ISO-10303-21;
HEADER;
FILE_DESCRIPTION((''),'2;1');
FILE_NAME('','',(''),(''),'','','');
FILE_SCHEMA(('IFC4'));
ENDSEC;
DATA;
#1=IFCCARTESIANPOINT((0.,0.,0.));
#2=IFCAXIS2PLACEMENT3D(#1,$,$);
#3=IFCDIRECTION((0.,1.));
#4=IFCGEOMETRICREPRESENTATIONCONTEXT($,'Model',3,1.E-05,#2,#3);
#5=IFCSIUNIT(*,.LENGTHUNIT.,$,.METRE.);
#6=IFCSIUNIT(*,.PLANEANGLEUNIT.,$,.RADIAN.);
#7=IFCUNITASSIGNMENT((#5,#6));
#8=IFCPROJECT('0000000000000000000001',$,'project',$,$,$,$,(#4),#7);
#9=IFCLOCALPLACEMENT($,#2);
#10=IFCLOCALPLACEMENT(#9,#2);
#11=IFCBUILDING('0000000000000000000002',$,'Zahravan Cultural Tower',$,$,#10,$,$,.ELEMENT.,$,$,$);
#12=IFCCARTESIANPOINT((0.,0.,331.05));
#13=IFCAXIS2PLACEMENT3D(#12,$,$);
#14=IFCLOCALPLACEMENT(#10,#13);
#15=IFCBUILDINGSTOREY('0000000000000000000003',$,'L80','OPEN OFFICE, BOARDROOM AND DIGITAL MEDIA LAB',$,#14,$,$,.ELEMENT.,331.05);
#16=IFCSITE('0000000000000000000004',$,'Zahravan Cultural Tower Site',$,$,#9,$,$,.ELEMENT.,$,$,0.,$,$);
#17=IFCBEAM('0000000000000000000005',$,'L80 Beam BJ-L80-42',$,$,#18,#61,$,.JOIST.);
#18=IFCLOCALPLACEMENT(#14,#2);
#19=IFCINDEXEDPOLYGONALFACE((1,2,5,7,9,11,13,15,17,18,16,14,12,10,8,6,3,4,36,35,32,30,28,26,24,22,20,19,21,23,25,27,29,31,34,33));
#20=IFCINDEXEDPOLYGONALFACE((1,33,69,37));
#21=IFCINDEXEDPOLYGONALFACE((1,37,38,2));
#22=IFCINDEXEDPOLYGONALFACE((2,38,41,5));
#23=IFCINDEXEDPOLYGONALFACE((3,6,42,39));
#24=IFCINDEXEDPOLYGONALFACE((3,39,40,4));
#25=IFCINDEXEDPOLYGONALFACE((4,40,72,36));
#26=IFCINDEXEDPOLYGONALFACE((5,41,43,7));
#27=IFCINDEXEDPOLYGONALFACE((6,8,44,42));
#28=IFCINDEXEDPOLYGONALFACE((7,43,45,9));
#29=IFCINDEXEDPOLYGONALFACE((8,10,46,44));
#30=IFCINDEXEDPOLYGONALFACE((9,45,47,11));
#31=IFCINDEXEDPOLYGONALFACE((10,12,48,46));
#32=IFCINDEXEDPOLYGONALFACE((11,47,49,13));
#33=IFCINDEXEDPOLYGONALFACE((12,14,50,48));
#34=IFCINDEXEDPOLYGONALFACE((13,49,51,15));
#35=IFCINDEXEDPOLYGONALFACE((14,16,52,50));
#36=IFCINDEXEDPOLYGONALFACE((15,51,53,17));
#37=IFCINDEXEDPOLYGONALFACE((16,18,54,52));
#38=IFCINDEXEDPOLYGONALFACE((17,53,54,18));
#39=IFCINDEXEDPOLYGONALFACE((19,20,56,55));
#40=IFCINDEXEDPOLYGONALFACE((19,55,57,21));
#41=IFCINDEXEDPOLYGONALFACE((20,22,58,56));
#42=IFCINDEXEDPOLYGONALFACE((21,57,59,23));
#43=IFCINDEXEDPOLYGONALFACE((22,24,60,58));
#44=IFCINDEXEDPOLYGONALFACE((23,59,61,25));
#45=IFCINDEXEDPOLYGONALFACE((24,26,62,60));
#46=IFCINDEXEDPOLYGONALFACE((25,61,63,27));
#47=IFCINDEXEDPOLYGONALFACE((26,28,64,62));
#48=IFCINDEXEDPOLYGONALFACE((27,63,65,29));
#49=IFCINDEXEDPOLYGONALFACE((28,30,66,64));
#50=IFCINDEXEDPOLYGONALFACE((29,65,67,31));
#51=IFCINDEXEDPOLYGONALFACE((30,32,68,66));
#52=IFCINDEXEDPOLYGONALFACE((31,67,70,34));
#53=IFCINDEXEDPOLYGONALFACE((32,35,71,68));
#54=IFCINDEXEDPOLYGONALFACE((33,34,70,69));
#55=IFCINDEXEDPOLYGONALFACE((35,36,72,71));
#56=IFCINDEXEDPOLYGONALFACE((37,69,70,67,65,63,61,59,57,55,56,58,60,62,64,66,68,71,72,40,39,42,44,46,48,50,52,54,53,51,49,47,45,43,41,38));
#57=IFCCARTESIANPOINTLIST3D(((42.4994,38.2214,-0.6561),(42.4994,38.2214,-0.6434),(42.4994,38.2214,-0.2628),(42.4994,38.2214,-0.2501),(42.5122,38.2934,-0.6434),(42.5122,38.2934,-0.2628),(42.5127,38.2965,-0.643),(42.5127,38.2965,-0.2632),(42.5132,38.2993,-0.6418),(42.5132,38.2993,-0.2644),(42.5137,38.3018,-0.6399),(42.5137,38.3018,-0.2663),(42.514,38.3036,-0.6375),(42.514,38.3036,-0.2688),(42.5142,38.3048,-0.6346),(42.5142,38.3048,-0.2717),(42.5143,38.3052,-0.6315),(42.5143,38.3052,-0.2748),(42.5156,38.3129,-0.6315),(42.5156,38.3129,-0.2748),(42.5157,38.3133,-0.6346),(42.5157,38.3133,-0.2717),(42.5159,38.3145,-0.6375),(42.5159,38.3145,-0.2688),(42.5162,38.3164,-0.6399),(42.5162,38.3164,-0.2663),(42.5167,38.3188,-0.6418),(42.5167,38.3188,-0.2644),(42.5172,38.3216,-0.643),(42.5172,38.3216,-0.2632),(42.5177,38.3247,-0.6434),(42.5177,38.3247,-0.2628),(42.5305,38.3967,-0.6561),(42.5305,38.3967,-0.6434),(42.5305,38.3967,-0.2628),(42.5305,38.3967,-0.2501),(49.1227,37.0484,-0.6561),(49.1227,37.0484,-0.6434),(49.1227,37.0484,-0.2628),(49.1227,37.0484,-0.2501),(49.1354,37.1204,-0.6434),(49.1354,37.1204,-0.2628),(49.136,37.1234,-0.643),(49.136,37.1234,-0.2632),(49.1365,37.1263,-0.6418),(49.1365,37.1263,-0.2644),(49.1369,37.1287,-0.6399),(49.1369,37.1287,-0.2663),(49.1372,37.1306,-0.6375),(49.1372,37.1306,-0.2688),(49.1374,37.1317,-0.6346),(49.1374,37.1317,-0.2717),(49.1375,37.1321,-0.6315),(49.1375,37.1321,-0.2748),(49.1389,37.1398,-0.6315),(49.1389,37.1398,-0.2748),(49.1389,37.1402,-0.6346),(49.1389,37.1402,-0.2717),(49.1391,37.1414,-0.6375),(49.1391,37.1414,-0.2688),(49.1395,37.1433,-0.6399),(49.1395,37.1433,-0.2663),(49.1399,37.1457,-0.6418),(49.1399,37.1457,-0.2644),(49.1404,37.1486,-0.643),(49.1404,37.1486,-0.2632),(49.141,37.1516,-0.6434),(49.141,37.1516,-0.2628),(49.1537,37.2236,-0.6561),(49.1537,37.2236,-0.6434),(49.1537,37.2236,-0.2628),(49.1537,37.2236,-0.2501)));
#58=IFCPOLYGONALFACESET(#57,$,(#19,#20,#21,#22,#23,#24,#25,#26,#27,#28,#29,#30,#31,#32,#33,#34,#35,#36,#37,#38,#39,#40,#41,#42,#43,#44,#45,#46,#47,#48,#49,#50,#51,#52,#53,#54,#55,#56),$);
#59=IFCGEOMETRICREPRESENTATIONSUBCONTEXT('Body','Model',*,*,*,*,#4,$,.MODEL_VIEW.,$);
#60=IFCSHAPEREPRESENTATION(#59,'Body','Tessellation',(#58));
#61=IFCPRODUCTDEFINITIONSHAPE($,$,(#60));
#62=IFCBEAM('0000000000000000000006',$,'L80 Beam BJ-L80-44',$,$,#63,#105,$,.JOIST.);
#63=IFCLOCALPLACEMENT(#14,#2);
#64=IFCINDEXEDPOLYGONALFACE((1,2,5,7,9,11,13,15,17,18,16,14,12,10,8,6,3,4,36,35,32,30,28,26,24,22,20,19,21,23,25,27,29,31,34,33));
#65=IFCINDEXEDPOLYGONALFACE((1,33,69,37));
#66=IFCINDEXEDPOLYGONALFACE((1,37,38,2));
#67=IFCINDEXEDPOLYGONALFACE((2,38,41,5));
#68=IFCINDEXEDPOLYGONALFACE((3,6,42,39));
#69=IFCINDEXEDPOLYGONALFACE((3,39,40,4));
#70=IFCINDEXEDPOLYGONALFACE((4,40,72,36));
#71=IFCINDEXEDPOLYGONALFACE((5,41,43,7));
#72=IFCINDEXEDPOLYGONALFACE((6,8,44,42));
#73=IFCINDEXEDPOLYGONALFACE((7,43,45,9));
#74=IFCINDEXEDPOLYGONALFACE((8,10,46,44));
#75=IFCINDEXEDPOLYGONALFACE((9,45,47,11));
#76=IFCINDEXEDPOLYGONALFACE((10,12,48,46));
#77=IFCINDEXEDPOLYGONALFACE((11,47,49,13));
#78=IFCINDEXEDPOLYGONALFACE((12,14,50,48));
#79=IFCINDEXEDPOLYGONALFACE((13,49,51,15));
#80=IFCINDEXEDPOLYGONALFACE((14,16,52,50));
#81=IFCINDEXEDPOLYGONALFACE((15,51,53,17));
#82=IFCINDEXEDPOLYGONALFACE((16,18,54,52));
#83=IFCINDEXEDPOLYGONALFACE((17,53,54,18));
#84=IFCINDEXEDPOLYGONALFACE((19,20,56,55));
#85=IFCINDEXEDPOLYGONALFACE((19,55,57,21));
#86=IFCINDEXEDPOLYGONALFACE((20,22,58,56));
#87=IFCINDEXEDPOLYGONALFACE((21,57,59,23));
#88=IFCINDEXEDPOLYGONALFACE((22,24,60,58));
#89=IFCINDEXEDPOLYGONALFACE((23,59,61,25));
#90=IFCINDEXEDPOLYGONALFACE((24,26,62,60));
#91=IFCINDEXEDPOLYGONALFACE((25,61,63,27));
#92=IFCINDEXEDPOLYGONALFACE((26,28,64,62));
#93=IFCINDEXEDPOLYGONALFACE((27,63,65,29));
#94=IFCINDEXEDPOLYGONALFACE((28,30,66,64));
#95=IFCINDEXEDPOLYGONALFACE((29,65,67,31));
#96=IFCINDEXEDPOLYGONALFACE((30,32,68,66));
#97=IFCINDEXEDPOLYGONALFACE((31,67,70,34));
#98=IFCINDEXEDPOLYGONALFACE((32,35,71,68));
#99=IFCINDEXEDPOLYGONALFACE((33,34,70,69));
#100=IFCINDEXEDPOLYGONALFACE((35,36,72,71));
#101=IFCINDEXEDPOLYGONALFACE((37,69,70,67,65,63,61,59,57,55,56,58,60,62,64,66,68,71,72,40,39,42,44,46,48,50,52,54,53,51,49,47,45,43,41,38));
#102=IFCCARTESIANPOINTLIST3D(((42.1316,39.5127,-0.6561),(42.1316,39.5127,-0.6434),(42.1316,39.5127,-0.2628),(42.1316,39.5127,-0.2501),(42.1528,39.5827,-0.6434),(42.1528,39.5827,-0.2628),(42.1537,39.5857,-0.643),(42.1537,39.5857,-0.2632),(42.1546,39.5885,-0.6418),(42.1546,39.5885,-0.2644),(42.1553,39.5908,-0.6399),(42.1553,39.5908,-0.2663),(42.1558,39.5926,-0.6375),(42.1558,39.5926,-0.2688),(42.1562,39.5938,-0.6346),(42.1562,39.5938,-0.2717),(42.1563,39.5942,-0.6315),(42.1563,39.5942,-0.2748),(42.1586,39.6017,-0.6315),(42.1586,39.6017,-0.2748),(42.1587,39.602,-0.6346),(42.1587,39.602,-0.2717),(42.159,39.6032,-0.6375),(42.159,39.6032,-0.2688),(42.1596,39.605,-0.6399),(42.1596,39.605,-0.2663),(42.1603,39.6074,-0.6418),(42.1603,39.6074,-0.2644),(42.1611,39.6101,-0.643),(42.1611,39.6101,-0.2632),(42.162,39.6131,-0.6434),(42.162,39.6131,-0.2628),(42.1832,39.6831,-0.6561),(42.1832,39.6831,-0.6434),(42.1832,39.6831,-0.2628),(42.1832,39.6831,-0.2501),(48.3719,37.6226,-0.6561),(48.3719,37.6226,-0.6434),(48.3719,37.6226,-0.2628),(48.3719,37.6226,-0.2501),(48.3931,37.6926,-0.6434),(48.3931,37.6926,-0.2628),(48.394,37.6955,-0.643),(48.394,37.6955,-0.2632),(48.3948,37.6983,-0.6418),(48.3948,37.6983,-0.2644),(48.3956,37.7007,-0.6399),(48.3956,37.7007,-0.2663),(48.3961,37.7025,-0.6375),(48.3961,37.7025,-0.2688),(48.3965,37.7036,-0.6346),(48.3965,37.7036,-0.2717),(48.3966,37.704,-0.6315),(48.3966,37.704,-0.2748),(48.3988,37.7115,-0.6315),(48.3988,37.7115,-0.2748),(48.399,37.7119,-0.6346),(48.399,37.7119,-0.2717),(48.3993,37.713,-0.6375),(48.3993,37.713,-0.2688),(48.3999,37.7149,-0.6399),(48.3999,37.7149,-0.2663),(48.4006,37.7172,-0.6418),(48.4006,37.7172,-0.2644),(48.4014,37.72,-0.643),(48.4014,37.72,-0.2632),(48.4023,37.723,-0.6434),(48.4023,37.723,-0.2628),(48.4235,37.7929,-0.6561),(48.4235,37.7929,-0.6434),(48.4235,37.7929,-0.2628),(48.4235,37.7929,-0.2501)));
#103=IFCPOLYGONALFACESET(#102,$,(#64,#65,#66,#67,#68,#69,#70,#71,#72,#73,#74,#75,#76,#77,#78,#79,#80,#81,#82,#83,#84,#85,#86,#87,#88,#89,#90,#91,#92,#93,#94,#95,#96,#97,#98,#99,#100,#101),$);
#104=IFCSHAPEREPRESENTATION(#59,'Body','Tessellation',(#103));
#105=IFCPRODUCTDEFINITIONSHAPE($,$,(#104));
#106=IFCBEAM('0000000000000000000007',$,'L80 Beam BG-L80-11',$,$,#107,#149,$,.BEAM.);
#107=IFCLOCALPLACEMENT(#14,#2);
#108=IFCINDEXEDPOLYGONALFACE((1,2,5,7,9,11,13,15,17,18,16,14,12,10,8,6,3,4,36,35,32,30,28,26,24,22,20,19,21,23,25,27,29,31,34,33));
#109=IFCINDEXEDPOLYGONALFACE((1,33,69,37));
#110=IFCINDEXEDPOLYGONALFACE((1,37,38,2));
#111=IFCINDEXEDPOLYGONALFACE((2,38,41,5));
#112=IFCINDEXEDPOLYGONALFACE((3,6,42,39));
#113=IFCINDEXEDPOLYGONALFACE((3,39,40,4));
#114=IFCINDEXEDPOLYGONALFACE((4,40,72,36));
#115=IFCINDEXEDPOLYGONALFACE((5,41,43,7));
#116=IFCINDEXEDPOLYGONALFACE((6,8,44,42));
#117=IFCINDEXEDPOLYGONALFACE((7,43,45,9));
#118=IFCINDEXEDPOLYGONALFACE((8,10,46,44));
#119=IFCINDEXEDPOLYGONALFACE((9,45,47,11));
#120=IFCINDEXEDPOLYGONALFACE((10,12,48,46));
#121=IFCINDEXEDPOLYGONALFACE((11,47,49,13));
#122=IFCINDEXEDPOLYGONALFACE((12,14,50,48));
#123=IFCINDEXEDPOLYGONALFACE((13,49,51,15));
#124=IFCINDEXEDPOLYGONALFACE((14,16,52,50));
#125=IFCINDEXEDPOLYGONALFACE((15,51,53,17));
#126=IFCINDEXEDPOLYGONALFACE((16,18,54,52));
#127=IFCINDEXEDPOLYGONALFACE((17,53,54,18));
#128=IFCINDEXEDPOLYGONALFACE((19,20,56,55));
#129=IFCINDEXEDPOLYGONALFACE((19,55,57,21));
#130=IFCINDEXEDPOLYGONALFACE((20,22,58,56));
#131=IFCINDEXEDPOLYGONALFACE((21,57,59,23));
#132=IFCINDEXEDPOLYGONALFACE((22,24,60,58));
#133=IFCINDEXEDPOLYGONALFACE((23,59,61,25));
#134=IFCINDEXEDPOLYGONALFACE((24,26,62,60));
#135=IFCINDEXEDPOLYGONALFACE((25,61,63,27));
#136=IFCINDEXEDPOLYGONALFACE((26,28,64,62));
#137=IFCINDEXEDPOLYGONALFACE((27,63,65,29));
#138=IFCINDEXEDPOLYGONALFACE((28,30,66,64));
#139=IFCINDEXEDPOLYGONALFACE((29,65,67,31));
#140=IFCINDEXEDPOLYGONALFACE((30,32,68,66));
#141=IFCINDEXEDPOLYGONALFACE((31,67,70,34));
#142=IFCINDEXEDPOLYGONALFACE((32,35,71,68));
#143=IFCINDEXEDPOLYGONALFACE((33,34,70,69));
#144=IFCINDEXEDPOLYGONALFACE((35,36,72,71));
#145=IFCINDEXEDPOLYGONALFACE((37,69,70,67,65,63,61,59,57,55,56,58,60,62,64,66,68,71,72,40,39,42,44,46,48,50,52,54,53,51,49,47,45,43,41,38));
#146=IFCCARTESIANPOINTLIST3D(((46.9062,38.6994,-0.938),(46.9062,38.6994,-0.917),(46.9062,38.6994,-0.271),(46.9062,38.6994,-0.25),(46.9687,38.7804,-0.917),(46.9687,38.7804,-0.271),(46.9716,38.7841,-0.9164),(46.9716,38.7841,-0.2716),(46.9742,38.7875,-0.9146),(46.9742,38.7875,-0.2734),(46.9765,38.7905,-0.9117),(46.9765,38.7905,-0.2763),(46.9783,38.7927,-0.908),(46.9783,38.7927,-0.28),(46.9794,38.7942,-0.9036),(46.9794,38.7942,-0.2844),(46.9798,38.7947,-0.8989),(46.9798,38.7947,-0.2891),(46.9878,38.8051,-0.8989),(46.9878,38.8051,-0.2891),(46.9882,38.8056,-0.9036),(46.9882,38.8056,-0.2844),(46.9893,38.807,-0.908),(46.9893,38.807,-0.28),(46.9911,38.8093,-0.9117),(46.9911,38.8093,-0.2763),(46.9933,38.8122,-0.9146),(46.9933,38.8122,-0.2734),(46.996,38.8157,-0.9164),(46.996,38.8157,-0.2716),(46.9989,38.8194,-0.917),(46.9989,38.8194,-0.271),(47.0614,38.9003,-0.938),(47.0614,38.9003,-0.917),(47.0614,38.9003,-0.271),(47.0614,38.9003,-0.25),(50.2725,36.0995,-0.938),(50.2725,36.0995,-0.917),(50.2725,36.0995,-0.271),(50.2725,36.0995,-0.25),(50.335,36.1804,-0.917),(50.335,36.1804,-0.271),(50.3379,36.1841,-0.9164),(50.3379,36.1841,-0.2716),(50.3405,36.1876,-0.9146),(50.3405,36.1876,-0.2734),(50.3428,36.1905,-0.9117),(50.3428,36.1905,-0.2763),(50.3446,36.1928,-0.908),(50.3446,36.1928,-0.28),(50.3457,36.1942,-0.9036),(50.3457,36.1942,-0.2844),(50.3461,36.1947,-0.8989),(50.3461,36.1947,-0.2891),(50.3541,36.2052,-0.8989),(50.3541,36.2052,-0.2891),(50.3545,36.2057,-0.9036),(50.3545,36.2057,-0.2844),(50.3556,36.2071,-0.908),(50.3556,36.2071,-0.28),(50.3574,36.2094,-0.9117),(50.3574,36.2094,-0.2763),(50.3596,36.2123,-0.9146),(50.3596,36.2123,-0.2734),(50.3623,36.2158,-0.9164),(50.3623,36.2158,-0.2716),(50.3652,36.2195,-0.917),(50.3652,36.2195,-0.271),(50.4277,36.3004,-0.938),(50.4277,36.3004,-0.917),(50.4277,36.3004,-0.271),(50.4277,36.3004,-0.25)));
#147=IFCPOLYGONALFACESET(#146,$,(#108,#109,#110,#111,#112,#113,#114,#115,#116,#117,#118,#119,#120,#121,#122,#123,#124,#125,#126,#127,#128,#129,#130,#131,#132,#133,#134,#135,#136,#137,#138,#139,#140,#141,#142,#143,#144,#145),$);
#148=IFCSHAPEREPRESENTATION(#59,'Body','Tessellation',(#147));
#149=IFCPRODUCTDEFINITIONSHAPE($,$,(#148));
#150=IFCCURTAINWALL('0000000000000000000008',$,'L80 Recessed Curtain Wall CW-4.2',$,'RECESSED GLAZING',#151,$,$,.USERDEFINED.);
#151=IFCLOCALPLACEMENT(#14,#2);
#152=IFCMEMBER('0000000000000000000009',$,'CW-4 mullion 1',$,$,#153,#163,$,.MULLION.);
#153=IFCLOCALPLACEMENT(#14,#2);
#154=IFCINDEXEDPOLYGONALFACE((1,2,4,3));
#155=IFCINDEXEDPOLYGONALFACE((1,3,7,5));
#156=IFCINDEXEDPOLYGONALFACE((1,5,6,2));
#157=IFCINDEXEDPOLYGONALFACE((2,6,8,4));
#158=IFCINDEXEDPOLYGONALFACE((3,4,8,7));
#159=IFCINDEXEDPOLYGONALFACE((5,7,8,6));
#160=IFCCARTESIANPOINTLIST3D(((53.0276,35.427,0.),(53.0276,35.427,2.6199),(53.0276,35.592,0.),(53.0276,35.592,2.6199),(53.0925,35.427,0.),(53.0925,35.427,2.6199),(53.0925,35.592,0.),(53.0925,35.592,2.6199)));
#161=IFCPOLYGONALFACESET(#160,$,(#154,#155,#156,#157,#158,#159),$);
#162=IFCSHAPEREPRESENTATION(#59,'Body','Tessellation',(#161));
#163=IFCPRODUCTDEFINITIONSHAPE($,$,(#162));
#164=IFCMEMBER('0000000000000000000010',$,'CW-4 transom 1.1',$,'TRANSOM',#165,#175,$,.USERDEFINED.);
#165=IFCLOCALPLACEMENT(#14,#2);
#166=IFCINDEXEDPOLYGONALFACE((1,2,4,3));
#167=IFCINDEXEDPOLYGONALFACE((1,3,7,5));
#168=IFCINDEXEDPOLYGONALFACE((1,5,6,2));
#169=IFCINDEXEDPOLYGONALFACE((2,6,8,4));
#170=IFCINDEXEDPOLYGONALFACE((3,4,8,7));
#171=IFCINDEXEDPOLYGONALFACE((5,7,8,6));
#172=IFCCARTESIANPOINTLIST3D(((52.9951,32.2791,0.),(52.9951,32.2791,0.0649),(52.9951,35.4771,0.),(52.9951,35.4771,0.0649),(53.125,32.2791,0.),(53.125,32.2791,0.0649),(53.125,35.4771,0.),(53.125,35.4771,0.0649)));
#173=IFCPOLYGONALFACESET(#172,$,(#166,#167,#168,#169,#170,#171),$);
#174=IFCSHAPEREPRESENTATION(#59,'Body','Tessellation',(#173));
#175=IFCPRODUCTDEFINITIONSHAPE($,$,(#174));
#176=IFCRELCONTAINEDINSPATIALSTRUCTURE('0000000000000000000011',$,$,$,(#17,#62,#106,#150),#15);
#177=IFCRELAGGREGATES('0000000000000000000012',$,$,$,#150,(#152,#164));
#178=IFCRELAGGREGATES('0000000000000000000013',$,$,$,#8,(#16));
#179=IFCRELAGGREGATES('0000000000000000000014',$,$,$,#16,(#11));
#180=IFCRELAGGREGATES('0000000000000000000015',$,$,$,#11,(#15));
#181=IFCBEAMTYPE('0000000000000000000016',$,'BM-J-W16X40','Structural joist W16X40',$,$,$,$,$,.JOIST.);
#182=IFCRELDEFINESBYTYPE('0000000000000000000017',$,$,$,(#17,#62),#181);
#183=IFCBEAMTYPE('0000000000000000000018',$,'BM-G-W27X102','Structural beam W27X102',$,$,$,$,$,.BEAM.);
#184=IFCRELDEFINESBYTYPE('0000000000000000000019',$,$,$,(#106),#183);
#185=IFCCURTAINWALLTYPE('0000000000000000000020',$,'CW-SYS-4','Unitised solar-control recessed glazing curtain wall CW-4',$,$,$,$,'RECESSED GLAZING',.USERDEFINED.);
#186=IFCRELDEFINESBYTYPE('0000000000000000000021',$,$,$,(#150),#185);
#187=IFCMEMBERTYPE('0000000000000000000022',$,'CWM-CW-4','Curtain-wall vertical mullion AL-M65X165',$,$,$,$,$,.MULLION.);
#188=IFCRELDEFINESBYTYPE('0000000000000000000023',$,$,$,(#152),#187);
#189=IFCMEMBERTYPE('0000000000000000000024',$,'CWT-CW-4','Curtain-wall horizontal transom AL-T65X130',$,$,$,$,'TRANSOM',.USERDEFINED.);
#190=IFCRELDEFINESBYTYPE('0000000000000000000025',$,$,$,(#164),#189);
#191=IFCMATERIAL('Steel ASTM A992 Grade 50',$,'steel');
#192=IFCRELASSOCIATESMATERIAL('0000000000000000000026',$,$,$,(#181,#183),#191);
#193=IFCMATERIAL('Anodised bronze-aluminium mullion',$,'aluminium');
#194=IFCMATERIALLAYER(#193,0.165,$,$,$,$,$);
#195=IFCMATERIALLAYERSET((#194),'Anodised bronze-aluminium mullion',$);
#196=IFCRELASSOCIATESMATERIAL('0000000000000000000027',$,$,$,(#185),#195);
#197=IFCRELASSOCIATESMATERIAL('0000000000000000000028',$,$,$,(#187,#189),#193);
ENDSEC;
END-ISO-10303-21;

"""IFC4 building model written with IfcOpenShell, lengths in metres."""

from ifc_helpers import new_model, si_unit, direction, frame, origin, origin_2d, place, context, subcontext, project, spatial, rectangle, i_section, extrude, source, transform, mapped, material, layer, layer_set, material_profile, profile_set, type_object, element, aggregate, save


model = new_model("IFC4")

# Units and contexts
model_context = context("Model", 3, precision=1e-05, world=origin(), true_north=direction((0.0, 1.0)))
body_context = subcontext(model_context, "Body", "Model", "MODEL_VIEW")
ifc_project = project(units=[si_unit("LENGTHUNIT", "METRE"), si_unit("PLANEANGLEUNIT", "RADIAN")], contexts=[model_context])

# Site, building, storey
site_placement = place(None, origin())
site = spatial("IfcSite", under=ifc_project, at=site_placement, Name="Zahravan Cultural Tower Site", CompositionType="ELEMENT", RefElevation=0.0)
building_placement = place(site_placement, origin())
building = spatial("IfcBuilding", under=site, at=building_placement, Name="Zahravan Cultural Tower", CompositionType="ELEMENT")
storey_placement = place(building_placement, frame((0.0, 0.0, 331.05)))
storey = spatial("IfcBuildingStorey", under=building, at=storey_placement, Name="L80", Description="OPEN OFFICE, BOARDROOM AND DIGITAL MEDIA LAB", CompositionType="ELEMENT", Elevation=331.05)

# Shared definitions
ifc_material_1 = material(Name="Steel ASTM A992 Grade 50", Category="steel")

# Beams
ifc_material_profile_1 = material_profile(ifc_material_1, i_section(OverallWidth=0.178, OverallDepth=0.406, WebThickness=0.0078, FlangeThickness=0.0127, FilletRadius=0.012, at=origin_2d()), Name="W16X40")
ifc_profile_set_1 = profile_set([ifc_material_profile_1], Name="Steel ASTM A992 Grade 50")
beam_type_1 = type_object("IfcBeamType", Name="BM-J-W16X40", Description="Structural joist W16X40", PredefinedType="JOIST", material=ifc_profile_set_1)
shared_shape_1 = source(origin(), body_context, "Body", "SweptSolid", [
    extrude(i_section(OverallWidth=0.178, OverallDepth=0.406, WebThickness=0.0078, FlangeThickness=0.0127, FilletRadius=0.012, at=origin_2d()), origin(), (0.0, 0.0, 1.0), 6.7263),
])
beam_1_placement = place(storey_placement, frame((49.1382, 37.136, -0.4531), z_axis=(-0.984674, 0.174402, 0.0), x_axis=(-0.174402, -0.984674, 0.0)))
element("IfcBeam", 1, at=beam_1_placement, inside=storey, type_object=beam_type_1, Name="L80 Beam BJ-L80-42", PredefinedType="JOIST", context=body_context, shape_type="MappedRepresentation", body=[
    mapped(shared_shape_1, transform((0.0, 0.0, 0.0), x_axis=(1.0, 0.0, 0.0), y_axis=(0.0, 1.0, 0.0), z_axis=(0.0, 0.0, 1.0), scale=1.0)),
])
shared_shape_2 = source(origin(), body_context, "Body", "SweptSolid", [
    extrude(i_section(OverallWidth=0.178, OverallDepth=0.406, WebThickness=0.0078, FlangeThickness=0.0127, FilletRadius=0.012, at=origin_2d()), origin(), (0.0, 0.0, 1.0), 6.5203),
])
beam_2_placement = place(storey_placement, frame((48.3977, 37.7078, -0.4531), z_axis=(-0.95706, 0.289889, 0.0), x_axis=(-0.289889, -0.95706, 0.0)))
element("IfcBeam", 2, at=beam_2_placement, inside=storey, type_object=beam_type_1, Name="L80 Beam BJ-L80-44", PredefinedType="JOIST", context=body_context, shape_type="MappedRepresentation", body=[
    mapped(shared_shape_2, transform((0.0, 0.0, 0.0), x_axis=(1.0, 0.0, 0.0), y_axis=(0.0, 1.0, 0.0), z_axis=(0.0, 0.0, 1.0), scale=1.0)),
])
ifc_material_profile_2 = material_profile(ifc_material_1, i_section(OverallWidth=0.2539, OverallDepth=0.688, WebThickness=0.0132, FlangeThickness=0.021, FilletRadius=0.0181, at=origin_2d()), Name="W27X102")
ifc_profile_set_2 = profile_set([ifc_material_profile_2], Name="Steel ASTM A992 Grade 50")
beam_type_2 = type_object("IfcBeamType", Name="BM-G-W27X102", Description="Structural beam W27X102", PredefinedType="BEAM", material=ifc_profile_set_2)
shared_shape_3 = source(origin(), body_context, "Body", "SweptSolid", [
    extrude(i_section(OverallWidth=0.2539, OverallDepth=0.688, WebThickness=0.0132, FlangeThickness=0.021, FilletRadius=0.0181, at=origin_2d()), origin(), (0.0, 0.0, 1.0), 4.2534),
])
beam_3_placement = place(storey_placement, frame((50.3501, 36.2, -0.594), z_axis=(-0.791434, 0.611255, 0.0), x_axis=(-0.611255, -0.791434, 0.0)))
element("IfcBeam", 3, at=beam_3_placement, inside=storey, type_object=beam_type_2, Name="L80 Beam BG-L80-11", PredefinedType="BEAM", context=body_context, shape_type="MappedRepresentation", body=[
    mapped(shared_shape_3, transform((0.0, 0.0, 0.0), x_axis=(1.0, 0.0, 0.0), y_axis=(0.0, 1.0, 0.0), z_axis=(0.0, 0.0, 1.0), scale=1.0)),
])

# Curtain wall, members
ifc_material_2 = material(Name="Anodised bronze-aluminium mullion", Category="aluminium")
ifc_layer_1 = layer(ifc_material_2, 0.165)
ifc_layer_set_1 = layer_set([ifc_layer_1], Name="Anodised bronze-aluminium mullion")
curtain_wall_type = type_object("IfcCurtainWallType", Name="CW-SYS-4", Description="Unitised solar-control recessed glazing curtain wall CW-4", ElementType="RECESSED GLAZING", PredefinedType="USERDEFINED", material=ifc_layer_set_1)
curtain_wall_placement = place(storey_placement, origin())
curtain_wall = element("IfcCurtainWall", 4, at=curtain_wall_placement, inside=storey, type_object=curtain_wall_type, Name="L80 Recessed Curtain Wall CW-4.2", ObjectType="RECESSED GLAZING", PredefinedType="USERDEFINED")
ifc_material_profile_3 = material_profile(ifc_material_2, rectangle(XDim=0.0649, YDim=0.165, at=origin_2d()), Name="AL-M65X165")
ifc_profile_set_3 = profile_set([ifc_material_profile_3], Name="Anodised bronze-aluminium mullion")
member_type_1 = type_object("IfcMemberType", Name="CWM-CW-4", Description="Curtain-wall vertical mullion AL-M65X165", PredefinedType="MULLION", material=ifc_profile_set_3)
shared_shape_4 = source(origin(), body_context, "Body", "SweptSolid", [
    extrude(rectangle(XDim=0.0649, YDim=0.165, at=origin_2d()), origin(), (0.0, 0.0, 1.0), 2.6199),
])
member_1_placement = place(storey_placement, frame((53.0601, 35.5095, 0.0), z_axis=(0.0, 0.0, 1.0), x_axis=(1.0, 0.0, 0.0)))
member_1 = element("IfcMember", 5, at=member_1_placement, type_object=member_type_1, Name="CW-4 mullion 1", PredefinedType="MULLION", context=body_context, shape_type="MappedRepresentation", body=[
    mapped(shared_shape_4, transform((0.0, 0.0, 0.0), x_axis=(1.0, 0.0, 0.0), y_axis=(0.0, 1.0, 0.0), z_axis=(0.0, 0.0, 1.0), scale=1.0)),
])
ifc_material_profile_4 = material_profile(ifc_material_2, rectangle(XDim=0.1299, YDim=0.0649, at=origin_2d()), Name="AL-T65X130")
ifc_profile_set_4 = profile_set([ifc_material_profile_4], Name="Anodised bronze-aluminium mullion")
member_type_2 = type_object("IfcMemberType", Name="CWT-CW-4", Description="Curtain-wall horizontal transom AL-T65X130", ElementType="TRANSOM", PredefinedType="USERDEFINED", material=ifc_profile_set_4)
shared_shape_5 = source(origin(), body_context, "Body", "SweptSolid", [
    extrude(rectangle(XDim=0.1299, YDim=0.0649, at=origin_2d()), origin(), (0.0, 0.0, 1.0), 3.198),
])
member_2_placement = place(storey_placement, frame((53.0601, 35.4771, 0.0325), z_axis=(0.0, -1.0, 0.0), x_axis=(1.0, 0.0, 0.0)))
member_2 = element("IfcMember", 6, at=member_2_placement, type_object=member_type_2, Name="CW-4 transom 1.1", ObjectType="TRANSOM", PredefinedType="USERDEFINED", context=body_context, shape_type="MappedRepresentation", body=[
    mapped(shared_shape_5, transform((0.0, 0.0, 0.0), x_axis=(1.0, 0.0, 0.0), y_axis=(0.0, 1.0, 0.0), z_axis=(0.0, 0.0, 1.0), scale=1.0)),
])
aggregate(curtain_wall, [member_1, member_2])

save(model, "model.ifc")
